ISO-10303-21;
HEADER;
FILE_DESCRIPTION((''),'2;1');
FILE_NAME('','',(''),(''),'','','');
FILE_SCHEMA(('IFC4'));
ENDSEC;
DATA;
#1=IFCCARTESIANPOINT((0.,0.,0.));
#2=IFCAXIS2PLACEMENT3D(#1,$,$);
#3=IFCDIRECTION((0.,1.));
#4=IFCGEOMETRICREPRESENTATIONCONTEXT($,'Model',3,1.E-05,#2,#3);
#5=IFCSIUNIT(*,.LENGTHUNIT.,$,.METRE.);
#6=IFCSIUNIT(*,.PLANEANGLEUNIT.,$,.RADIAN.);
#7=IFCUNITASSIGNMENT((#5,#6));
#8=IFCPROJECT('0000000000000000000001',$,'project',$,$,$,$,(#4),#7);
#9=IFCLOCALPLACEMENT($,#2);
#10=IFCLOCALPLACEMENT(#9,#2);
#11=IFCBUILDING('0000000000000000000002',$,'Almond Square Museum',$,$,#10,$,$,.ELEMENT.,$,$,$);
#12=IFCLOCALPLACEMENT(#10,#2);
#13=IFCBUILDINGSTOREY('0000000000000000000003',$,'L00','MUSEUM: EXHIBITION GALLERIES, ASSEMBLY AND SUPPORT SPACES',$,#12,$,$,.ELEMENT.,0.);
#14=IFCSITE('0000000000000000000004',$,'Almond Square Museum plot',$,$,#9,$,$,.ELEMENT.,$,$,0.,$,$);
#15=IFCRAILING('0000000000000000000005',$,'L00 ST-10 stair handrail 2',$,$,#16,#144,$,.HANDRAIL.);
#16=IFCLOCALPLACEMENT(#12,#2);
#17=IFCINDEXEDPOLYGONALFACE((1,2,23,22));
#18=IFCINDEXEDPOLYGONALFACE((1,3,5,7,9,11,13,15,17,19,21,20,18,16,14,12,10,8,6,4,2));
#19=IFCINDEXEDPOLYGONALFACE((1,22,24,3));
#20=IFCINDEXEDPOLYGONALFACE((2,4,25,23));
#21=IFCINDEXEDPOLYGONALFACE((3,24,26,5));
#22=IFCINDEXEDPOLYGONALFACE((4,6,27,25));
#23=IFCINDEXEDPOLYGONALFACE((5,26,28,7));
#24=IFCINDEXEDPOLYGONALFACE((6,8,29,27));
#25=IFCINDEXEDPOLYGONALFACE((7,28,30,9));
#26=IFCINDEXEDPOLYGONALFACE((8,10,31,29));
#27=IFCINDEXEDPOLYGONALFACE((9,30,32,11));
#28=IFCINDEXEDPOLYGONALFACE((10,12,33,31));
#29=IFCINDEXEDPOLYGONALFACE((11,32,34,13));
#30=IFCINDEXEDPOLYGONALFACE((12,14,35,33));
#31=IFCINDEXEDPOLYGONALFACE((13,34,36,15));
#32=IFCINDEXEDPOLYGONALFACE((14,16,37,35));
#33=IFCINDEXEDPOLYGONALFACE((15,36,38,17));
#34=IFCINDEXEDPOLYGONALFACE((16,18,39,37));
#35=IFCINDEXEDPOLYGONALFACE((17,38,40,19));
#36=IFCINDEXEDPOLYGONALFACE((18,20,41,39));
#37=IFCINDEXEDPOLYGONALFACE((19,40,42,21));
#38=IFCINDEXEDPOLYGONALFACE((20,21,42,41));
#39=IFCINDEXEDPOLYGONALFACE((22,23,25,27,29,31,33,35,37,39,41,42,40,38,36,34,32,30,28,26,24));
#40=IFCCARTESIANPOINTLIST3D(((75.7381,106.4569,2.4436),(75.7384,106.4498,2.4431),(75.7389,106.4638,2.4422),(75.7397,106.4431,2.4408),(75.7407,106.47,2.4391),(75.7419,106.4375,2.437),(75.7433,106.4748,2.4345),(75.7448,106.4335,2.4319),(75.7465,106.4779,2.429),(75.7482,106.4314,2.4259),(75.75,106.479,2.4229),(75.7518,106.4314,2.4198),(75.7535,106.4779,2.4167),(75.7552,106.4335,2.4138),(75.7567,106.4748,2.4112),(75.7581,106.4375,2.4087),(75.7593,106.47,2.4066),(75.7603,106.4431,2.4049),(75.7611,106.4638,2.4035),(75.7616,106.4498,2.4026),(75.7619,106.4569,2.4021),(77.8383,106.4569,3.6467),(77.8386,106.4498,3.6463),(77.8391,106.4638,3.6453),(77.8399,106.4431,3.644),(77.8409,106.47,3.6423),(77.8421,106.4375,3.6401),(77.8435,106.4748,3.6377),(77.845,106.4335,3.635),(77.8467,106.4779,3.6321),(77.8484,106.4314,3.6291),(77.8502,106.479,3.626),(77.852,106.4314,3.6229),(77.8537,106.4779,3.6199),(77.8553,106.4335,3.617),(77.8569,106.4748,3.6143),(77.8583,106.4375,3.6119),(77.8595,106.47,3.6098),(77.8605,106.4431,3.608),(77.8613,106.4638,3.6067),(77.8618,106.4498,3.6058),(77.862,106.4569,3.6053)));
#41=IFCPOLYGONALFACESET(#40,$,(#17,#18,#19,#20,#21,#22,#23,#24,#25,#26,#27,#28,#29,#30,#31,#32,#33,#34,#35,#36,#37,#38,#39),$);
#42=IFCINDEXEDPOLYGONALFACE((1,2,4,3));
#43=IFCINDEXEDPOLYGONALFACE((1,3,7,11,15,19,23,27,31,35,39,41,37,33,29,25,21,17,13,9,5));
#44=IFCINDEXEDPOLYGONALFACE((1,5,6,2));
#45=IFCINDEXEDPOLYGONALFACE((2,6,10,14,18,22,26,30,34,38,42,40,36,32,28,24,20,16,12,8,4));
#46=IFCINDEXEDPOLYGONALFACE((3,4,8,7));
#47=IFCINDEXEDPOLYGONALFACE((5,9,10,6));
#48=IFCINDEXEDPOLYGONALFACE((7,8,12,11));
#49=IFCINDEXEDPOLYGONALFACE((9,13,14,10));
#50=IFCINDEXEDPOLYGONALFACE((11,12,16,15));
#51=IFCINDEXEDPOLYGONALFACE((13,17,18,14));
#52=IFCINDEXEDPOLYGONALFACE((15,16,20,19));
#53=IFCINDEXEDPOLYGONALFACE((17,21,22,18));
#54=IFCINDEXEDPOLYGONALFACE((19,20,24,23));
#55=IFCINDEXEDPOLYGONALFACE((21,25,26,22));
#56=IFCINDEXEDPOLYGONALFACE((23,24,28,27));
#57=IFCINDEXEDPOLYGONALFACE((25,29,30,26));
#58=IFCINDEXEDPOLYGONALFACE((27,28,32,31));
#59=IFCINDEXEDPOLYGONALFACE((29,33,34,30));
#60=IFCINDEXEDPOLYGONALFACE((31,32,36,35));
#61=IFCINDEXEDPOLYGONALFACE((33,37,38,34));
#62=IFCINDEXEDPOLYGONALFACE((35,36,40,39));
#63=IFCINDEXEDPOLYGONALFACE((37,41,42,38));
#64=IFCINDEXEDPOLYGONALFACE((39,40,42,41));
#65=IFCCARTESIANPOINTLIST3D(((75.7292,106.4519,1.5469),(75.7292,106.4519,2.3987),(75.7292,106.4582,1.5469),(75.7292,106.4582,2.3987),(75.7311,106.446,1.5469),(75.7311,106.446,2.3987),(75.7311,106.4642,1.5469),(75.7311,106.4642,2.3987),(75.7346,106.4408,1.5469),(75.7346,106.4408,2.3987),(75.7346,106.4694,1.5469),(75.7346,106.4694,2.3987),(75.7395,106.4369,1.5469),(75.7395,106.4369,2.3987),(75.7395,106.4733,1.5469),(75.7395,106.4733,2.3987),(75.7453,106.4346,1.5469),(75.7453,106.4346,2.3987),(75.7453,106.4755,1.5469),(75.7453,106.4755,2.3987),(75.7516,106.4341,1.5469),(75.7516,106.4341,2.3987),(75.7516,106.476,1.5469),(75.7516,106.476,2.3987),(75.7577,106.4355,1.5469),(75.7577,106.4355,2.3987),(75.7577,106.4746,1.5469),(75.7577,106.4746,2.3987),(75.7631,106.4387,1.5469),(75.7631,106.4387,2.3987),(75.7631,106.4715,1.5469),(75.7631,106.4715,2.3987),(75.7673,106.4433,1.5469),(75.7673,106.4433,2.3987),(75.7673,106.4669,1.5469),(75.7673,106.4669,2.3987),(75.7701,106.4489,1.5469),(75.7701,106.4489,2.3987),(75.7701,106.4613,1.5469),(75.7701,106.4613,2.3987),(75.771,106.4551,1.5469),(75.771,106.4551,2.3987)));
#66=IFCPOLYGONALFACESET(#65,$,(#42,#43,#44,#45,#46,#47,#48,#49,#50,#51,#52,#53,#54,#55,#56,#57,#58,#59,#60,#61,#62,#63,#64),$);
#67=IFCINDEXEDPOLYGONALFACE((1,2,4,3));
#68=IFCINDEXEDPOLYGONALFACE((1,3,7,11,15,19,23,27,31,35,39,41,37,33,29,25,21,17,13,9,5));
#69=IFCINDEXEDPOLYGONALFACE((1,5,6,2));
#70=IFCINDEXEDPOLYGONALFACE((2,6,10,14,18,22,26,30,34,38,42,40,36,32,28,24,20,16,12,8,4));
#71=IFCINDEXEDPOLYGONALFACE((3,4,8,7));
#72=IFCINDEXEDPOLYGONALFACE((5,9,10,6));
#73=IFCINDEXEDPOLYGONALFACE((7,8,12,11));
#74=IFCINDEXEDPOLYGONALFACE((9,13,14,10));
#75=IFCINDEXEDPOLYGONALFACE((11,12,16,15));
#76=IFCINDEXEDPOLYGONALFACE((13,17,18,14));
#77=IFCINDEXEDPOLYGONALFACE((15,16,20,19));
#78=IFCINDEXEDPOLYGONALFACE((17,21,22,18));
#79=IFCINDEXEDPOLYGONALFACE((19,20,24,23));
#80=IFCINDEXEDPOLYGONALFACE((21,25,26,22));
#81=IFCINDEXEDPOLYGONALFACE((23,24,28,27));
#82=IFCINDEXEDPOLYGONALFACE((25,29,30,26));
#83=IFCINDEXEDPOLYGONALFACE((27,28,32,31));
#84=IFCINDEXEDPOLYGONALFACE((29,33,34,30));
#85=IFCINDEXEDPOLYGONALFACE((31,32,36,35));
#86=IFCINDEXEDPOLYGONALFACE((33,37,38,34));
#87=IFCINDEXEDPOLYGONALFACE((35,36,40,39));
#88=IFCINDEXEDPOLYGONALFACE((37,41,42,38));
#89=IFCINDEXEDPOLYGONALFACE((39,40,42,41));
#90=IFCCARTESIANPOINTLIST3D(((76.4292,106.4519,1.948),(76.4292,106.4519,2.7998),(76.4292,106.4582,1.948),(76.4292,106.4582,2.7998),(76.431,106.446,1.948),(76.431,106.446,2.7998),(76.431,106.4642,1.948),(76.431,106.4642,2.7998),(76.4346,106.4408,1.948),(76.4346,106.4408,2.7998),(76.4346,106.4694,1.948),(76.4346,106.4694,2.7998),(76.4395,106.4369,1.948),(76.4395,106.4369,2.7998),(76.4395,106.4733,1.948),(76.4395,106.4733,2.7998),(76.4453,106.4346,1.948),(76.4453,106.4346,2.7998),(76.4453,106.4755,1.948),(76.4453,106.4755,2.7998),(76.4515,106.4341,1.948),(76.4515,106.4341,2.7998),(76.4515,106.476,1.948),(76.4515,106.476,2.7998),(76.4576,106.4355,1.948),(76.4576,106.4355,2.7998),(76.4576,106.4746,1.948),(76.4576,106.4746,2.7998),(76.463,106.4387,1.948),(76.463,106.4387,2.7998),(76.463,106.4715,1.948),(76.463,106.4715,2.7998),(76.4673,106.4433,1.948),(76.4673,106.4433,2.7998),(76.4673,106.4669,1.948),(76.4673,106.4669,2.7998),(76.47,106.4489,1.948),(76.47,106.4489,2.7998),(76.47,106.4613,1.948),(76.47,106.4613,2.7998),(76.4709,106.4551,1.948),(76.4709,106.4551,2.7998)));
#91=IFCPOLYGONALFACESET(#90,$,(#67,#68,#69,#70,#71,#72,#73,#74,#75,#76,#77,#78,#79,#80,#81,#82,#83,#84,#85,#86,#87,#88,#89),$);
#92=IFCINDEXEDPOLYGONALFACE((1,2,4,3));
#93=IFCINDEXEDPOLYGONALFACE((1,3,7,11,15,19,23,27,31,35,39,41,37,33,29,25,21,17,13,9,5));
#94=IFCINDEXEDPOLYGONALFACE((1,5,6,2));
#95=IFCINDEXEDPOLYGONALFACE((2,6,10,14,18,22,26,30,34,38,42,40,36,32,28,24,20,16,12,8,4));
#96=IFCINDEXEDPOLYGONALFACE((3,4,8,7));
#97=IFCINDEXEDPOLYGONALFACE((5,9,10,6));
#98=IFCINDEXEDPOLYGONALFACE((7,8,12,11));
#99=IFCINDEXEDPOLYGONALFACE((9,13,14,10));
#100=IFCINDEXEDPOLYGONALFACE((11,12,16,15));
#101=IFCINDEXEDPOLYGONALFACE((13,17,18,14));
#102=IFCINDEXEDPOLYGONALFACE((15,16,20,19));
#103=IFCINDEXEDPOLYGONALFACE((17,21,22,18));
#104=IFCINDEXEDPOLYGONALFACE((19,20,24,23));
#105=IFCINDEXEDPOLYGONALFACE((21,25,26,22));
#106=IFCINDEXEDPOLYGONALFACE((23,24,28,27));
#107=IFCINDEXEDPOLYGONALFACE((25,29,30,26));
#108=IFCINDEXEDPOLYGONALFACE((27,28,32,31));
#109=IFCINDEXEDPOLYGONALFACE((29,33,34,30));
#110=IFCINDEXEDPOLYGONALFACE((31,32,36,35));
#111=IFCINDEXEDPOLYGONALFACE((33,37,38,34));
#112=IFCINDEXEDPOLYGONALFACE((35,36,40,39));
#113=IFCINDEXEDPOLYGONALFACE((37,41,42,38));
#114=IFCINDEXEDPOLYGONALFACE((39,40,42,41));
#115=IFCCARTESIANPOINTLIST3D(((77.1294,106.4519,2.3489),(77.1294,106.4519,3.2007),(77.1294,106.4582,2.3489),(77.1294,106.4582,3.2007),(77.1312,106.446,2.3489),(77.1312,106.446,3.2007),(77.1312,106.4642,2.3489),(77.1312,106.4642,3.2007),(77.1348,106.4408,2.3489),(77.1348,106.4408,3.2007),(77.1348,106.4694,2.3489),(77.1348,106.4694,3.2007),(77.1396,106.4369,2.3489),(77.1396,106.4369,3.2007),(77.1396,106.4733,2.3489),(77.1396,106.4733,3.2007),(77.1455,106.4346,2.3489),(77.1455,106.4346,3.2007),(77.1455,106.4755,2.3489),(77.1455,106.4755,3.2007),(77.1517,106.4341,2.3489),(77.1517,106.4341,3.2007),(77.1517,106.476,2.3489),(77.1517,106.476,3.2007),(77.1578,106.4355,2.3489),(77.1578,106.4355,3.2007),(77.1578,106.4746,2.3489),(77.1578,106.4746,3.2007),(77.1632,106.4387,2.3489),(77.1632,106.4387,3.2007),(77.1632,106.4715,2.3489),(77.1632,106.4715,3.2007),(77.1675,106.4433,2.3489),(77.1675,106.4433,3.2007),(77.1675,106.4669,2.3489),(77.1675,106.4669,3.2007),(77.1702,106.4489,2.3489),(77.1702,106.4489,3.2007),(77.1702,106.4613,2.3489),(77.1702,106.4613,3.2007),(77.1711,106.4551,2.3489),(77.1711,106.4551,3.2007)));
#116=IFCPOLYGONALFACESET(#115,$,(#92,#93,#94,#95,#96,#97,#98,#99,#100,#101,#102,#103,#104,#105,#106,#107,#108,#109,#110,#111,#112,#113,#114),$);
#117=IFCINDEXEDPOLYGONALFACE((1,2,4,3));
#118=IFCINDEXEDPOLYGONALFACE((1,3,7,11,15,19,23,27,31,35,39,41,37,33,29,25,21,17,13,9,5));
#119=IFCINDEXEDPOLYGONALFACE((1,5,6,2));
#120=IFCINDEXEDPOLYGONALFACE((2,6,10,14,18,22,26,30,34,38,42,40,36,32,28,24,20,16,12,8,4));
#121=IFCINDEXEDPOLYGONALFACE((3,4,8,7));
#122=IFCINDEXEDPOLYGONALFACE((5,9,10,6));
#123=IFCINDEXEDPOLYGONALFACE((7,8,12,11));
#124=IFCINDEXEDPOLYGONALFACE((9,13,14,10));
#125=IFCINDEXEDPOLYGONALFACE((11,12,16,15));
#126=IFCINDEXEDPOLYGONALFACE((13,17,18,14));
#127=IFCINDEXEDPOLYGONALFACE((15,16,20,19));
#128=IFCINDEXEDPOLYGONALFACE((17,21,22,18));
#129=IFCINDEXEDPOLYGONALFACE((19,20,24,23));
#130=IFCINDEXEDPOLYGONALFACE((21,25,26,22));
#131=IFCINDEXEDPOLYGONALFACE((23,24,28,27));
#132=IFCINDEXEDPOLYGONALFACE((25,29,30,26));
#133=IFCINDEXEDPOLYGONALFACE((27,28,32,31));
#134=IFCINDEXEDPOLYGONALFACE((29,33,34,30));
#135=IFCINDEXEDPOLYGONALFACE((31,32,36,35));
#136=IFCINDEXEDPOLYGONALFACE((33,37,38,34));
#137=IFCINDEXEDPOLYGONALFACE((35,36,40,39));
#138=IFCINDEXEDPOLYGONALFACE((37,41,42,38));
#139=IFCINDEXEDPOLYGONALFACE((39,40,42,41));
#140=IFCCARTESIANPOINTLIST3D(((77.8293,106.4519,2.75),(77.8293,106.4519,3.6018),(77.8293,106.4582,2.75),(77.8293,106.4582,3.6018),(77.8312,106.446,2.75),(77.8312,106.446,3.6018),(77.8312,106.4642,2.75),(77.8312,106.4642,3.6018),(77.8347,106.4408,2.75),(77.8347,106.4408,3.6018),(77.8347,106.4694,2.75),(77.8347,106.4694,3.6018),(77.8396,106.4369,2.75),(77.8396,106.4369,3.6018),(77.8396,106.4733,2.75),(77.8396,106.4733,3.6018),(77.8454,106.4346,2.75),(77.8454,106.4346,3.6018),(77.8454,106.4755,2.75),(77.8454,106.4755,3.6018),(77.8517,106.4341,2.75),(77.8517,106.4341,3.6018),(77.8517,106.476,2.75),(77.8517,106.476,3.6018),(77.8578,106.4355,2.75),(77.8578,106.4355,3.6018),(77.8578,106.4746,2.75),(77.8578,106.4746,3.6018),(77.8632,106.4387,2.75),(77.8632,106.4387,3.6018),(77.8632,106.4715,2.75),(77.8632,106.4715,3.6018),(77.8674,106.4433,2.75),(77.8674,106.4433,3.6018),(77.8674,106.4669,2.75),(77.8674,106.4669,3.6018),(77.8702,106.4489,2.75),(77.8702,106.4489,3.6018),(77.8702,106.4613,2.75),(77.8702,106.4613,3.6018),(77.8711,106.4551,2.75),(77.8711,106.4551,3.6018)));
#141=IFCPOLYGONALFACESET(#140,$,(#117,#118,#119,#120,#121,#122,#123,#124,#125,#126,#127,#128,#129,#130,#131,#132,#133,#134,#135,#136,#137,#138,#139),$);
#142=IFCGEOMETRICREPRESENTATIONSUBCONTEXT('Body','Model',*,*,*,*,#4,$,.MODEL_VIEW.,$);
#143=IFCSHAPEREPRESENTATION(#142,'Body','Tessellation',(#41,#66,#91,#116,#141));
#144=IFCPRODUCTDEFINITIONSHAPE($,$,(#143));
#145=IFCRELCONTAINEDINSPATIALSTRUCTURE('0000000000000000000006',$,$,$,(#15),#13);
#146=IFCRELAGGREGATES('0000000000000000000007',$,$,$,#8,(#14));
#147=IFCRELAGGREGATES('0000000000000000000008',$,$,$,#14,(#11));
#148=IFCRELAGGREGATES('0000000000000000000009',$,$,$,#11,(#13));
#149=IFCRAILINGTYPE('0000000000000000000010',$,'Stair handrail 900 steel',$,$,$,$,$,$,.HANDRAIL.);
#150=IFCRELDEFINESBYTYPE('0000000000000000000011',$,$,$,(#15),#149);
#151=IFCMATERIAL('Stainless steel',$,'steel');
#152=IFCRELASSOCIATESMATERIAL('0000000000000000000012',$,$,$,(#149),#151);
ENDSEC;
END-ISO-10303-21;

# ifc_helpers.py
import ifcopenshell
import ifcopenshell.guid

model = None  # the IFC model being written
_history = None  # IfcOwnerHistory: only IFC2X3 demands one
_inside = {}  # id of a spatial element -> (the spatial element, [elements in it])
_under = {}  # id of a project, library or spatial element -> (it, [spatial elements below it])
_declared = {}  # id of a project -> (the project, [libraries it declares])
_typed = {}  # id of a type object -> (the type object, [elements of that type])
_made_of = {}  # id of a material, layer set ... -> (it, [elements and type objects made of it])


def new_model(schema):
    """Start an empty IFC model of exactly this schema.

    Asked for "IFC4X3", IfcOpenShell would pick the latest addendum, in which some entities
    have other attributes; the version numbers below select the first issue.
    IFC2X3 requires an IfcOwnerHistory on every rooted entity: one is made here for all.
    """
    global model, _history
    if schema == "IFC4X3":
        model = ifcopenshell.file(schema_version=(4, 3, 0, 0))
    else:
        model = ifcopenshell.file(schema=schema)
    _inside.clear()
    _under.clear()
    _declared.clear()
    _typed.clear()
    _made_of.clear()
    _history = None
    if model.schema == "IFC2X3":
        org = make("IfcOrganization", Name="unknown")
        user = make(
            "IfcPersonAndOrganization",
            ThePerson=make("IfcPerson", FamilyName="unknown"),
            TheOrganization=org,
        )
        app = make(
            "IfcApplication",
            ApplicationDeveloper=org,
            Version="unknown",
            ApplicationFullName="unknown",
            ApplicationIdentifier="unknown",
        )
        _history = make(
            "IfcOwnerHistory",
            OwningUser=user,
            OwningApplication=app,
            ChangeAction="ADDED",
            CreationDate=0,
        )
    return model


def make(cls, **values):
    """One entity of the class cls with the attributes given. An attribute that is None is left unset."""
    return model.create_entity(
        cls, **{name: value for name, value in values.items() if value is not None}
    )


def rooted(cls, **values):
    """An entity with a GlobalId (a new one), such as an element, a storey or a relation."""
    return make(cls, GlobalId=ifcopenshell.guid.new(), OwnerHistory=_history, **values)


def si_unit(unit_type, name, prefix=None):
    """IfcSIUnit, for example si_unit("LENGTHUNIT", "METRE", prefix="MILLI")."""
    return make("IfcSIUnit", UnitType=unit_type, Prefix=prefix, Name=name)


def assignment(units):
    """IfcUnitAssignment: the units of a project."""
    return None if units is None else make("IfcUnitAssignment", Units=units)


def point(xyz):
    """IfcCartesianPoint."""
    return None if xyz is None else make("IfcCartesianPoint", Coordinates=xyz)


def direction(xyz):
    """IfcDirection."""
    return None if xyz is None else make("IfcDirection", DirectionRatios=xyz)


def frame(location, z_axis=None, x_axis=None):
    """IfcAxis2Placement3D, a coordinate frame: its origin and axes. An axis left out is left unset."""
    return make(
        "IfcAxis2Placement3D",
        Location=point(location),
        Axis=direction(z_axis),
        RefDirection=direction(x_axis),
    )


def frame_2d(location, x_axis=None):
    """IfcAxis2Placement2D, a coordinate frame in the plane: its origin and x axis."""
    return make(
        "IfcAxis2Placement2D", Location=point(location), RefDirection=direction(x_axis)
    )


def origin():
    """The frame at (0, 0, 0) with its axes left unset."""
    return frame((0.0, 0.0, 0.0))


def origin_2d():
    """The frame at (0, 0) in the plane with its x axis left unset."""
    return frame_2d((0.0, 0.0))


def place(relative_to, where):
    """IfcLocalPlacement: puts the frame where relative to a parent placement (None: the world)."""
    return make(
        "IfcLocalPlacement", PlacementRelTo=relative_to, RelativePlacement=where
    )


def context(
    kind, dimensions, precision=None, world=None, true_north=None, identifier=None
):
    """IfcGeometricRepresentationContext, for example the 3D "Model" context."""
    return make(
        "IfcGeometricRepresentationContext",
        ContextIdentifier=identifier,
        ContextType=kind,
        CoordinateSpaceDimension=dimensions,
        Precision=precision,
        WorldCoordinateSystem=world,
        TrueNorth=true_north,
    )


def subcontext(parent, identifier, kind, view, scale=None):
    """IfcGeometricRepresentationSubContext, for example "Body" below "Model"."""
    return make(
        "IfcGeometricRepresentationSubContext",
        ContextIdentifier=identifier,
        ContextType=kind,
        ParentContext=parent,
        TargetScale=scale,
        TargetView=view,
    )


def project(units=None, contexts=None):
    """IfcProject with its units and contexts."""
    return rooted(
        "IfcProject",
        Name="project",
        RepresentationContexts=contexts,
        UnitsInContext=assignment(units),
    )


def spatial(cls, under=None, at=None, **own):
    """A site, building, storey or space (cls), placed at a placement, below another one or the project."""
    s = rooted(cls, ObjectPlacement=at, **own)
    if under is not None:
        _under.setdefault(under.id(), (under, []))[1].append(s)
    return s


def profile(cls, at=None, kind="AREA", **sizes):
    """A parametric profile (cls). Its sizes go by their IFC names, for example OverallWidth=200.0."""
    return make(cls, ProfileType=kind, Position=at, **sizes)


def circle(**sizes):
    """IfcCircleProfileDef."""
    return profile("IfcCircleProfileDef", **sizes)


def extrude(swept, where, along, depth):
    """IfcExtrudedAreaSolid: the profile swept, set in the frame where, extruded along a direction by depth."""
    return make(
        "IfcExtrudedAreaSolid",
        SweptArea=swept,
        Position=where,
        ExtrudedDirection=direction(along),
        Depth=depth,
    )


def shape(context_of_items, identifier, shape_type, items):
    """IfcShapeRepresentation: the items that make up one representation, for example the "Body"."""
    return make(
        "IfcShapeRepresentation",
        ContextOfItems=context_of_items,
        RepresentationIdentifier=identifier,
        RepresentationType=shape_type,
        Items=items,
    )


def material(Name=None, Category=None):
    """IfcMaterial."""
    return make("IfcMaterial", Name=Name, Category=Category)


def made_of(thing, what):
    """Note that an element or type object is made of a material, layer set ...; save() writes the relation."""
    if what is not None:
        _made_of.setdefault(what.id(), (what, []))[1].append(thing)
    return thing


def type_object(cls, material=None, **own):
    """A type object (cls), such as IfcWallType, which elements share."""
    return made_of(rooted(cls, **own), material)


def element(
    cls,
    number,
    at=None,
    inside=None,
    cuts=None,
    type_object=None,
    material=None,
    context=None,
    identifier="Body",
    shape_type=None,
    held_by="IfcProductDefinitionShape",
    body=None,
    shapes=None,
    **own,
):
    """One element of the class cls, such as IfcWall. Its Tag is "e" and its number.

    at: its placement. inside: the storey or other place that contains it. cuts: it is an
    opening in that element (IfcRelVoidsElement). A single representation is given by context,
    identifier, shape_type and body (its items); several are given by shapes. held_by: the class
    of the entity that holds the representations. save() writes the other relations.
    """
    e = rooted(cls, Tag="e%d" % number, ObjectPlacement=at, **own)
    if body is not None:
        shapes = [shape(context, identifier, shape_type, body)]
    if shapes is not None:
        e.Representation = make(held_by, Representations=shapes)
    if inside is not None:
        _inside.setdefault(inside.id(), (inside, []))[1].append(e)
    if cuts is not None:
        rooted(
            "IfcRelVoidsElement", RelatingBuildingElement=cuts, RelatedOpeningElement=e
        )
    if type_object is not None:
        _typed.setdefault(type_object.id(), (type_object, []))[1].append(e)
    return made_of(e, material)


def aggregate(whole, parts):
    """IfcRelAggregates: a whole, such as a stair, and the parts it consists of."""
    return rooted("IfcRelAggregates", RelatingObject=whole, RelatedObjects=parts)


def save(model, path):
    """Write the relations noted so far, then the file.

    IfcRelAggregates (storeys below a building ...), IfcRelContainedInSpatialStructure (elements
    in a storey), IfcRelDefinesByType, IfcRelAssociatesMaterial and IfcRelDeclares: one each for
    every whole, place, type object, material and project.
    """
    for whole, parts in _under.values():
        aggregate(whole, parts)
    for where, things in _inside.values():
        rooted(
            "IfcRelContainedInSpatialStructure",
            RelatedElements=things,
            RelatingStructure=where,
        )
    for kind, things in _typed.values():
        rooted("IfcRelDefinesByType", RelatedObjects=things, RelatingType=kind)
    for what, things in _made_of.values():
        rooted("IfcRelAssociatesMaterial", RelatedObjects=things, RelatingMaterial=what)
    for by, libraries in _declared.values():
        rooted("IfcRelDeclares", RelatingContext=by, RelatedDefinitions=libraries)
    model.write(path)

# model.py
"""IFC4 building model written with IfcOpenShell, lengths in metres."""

from ifc_helpers import new_model, si_unit, direction, frame, origin, origin_2d, place, context, subcontext, project, spatial, circle, extrude, material, type_object, element, save


model = new_model("IFC4")

# Units and contexts
model_context = context("Model", 3, precision=1e-05, world=origin(), true_north=direction((0.0, 1.0)))
body_context = subcontext(model_context, "Body", "Model", "MODEL_VIEW")
ifc_project = project(units=[si_unit("LENGTHUNIT", "METRE"), si_unit("PLANEANGLEUNIT", "RADIAN")], contexts=[model_context])

# Site, building, storey
site_placement = place(None, origin())
site = spatial("IfcSite", under=ifc_project, at=site_placement, Name="Almond Square Museum plot", CompositionType="ELEMENT", RefElevation=0.0)
building_placement = place(site_placement, origin())
building = spatial("IfcBuilding", under=site, at=building_placement, Name="Almond Square Museum", CompositionType="ELEMENT")
storey_placement = place(building_placement, origin())
storey = spatial("IfcBuildingStorey", under=building, at=storey_placement, Name="L00", Description="MUSEUM: EXHIBITION GALLERIES, ASSEMBLY AND SUPPORT SPACES", CompositionType="ELEMENT", Elevation=0.0)

# Railing
ifc_material_1 = material(Name="Stainless steel", Category="steel")
railing_type_1 = type_object("IfcRailingType", Name="Stair handrail 900 steel", PredefinedType="HANDRAIL", material=ifc_material_1)
for number, where, name in (
    (1, (75.75, 106.4551, 1.5469), "L00 ST-10 stair handrail 2"),
):
    element("IfcRailing", number, at=place(storey_placement, frame(where)), inside=storey, type_object=railing_type_1, Name=name, PredefinedType="HANDRAIL", context=body_context, shape_type="SweptSolid", body=[
        extrude(circle(Radius=0.0239, at=origin_2d()), frame((0.0, 0.0, 0.876), z_axis=(0.867696, 0.0, 0.497095), x_axis=(0.0, 1.0, 0.0)), (0.0, 0.0, 1.0), 2.4204),
        extrude(circle(Radius=0.021, at=origin_2d()), origin(), (0.0, 0.0, 1.0), 0.8518),
        extrude(circle(Radius=0.021, at=origin_2d()), frame((0.7, 0.0, 0.4011)), (0.0, 0.0, 1.0), 0.8518),
        extrude(circle(Radius=0.021, at=origin_2d()), frame((1.4001, 0.0, 0.802)), (0.0, 0.0, 1.0), 0.8518),
        extrude(circle(Radius=0.021, at=origin_2d()), frame((2.1001, 0.0, 1.2031)), (0.0, 0.0, 1.0), 0.8518),
    ])

save(model, "model.ifc")
